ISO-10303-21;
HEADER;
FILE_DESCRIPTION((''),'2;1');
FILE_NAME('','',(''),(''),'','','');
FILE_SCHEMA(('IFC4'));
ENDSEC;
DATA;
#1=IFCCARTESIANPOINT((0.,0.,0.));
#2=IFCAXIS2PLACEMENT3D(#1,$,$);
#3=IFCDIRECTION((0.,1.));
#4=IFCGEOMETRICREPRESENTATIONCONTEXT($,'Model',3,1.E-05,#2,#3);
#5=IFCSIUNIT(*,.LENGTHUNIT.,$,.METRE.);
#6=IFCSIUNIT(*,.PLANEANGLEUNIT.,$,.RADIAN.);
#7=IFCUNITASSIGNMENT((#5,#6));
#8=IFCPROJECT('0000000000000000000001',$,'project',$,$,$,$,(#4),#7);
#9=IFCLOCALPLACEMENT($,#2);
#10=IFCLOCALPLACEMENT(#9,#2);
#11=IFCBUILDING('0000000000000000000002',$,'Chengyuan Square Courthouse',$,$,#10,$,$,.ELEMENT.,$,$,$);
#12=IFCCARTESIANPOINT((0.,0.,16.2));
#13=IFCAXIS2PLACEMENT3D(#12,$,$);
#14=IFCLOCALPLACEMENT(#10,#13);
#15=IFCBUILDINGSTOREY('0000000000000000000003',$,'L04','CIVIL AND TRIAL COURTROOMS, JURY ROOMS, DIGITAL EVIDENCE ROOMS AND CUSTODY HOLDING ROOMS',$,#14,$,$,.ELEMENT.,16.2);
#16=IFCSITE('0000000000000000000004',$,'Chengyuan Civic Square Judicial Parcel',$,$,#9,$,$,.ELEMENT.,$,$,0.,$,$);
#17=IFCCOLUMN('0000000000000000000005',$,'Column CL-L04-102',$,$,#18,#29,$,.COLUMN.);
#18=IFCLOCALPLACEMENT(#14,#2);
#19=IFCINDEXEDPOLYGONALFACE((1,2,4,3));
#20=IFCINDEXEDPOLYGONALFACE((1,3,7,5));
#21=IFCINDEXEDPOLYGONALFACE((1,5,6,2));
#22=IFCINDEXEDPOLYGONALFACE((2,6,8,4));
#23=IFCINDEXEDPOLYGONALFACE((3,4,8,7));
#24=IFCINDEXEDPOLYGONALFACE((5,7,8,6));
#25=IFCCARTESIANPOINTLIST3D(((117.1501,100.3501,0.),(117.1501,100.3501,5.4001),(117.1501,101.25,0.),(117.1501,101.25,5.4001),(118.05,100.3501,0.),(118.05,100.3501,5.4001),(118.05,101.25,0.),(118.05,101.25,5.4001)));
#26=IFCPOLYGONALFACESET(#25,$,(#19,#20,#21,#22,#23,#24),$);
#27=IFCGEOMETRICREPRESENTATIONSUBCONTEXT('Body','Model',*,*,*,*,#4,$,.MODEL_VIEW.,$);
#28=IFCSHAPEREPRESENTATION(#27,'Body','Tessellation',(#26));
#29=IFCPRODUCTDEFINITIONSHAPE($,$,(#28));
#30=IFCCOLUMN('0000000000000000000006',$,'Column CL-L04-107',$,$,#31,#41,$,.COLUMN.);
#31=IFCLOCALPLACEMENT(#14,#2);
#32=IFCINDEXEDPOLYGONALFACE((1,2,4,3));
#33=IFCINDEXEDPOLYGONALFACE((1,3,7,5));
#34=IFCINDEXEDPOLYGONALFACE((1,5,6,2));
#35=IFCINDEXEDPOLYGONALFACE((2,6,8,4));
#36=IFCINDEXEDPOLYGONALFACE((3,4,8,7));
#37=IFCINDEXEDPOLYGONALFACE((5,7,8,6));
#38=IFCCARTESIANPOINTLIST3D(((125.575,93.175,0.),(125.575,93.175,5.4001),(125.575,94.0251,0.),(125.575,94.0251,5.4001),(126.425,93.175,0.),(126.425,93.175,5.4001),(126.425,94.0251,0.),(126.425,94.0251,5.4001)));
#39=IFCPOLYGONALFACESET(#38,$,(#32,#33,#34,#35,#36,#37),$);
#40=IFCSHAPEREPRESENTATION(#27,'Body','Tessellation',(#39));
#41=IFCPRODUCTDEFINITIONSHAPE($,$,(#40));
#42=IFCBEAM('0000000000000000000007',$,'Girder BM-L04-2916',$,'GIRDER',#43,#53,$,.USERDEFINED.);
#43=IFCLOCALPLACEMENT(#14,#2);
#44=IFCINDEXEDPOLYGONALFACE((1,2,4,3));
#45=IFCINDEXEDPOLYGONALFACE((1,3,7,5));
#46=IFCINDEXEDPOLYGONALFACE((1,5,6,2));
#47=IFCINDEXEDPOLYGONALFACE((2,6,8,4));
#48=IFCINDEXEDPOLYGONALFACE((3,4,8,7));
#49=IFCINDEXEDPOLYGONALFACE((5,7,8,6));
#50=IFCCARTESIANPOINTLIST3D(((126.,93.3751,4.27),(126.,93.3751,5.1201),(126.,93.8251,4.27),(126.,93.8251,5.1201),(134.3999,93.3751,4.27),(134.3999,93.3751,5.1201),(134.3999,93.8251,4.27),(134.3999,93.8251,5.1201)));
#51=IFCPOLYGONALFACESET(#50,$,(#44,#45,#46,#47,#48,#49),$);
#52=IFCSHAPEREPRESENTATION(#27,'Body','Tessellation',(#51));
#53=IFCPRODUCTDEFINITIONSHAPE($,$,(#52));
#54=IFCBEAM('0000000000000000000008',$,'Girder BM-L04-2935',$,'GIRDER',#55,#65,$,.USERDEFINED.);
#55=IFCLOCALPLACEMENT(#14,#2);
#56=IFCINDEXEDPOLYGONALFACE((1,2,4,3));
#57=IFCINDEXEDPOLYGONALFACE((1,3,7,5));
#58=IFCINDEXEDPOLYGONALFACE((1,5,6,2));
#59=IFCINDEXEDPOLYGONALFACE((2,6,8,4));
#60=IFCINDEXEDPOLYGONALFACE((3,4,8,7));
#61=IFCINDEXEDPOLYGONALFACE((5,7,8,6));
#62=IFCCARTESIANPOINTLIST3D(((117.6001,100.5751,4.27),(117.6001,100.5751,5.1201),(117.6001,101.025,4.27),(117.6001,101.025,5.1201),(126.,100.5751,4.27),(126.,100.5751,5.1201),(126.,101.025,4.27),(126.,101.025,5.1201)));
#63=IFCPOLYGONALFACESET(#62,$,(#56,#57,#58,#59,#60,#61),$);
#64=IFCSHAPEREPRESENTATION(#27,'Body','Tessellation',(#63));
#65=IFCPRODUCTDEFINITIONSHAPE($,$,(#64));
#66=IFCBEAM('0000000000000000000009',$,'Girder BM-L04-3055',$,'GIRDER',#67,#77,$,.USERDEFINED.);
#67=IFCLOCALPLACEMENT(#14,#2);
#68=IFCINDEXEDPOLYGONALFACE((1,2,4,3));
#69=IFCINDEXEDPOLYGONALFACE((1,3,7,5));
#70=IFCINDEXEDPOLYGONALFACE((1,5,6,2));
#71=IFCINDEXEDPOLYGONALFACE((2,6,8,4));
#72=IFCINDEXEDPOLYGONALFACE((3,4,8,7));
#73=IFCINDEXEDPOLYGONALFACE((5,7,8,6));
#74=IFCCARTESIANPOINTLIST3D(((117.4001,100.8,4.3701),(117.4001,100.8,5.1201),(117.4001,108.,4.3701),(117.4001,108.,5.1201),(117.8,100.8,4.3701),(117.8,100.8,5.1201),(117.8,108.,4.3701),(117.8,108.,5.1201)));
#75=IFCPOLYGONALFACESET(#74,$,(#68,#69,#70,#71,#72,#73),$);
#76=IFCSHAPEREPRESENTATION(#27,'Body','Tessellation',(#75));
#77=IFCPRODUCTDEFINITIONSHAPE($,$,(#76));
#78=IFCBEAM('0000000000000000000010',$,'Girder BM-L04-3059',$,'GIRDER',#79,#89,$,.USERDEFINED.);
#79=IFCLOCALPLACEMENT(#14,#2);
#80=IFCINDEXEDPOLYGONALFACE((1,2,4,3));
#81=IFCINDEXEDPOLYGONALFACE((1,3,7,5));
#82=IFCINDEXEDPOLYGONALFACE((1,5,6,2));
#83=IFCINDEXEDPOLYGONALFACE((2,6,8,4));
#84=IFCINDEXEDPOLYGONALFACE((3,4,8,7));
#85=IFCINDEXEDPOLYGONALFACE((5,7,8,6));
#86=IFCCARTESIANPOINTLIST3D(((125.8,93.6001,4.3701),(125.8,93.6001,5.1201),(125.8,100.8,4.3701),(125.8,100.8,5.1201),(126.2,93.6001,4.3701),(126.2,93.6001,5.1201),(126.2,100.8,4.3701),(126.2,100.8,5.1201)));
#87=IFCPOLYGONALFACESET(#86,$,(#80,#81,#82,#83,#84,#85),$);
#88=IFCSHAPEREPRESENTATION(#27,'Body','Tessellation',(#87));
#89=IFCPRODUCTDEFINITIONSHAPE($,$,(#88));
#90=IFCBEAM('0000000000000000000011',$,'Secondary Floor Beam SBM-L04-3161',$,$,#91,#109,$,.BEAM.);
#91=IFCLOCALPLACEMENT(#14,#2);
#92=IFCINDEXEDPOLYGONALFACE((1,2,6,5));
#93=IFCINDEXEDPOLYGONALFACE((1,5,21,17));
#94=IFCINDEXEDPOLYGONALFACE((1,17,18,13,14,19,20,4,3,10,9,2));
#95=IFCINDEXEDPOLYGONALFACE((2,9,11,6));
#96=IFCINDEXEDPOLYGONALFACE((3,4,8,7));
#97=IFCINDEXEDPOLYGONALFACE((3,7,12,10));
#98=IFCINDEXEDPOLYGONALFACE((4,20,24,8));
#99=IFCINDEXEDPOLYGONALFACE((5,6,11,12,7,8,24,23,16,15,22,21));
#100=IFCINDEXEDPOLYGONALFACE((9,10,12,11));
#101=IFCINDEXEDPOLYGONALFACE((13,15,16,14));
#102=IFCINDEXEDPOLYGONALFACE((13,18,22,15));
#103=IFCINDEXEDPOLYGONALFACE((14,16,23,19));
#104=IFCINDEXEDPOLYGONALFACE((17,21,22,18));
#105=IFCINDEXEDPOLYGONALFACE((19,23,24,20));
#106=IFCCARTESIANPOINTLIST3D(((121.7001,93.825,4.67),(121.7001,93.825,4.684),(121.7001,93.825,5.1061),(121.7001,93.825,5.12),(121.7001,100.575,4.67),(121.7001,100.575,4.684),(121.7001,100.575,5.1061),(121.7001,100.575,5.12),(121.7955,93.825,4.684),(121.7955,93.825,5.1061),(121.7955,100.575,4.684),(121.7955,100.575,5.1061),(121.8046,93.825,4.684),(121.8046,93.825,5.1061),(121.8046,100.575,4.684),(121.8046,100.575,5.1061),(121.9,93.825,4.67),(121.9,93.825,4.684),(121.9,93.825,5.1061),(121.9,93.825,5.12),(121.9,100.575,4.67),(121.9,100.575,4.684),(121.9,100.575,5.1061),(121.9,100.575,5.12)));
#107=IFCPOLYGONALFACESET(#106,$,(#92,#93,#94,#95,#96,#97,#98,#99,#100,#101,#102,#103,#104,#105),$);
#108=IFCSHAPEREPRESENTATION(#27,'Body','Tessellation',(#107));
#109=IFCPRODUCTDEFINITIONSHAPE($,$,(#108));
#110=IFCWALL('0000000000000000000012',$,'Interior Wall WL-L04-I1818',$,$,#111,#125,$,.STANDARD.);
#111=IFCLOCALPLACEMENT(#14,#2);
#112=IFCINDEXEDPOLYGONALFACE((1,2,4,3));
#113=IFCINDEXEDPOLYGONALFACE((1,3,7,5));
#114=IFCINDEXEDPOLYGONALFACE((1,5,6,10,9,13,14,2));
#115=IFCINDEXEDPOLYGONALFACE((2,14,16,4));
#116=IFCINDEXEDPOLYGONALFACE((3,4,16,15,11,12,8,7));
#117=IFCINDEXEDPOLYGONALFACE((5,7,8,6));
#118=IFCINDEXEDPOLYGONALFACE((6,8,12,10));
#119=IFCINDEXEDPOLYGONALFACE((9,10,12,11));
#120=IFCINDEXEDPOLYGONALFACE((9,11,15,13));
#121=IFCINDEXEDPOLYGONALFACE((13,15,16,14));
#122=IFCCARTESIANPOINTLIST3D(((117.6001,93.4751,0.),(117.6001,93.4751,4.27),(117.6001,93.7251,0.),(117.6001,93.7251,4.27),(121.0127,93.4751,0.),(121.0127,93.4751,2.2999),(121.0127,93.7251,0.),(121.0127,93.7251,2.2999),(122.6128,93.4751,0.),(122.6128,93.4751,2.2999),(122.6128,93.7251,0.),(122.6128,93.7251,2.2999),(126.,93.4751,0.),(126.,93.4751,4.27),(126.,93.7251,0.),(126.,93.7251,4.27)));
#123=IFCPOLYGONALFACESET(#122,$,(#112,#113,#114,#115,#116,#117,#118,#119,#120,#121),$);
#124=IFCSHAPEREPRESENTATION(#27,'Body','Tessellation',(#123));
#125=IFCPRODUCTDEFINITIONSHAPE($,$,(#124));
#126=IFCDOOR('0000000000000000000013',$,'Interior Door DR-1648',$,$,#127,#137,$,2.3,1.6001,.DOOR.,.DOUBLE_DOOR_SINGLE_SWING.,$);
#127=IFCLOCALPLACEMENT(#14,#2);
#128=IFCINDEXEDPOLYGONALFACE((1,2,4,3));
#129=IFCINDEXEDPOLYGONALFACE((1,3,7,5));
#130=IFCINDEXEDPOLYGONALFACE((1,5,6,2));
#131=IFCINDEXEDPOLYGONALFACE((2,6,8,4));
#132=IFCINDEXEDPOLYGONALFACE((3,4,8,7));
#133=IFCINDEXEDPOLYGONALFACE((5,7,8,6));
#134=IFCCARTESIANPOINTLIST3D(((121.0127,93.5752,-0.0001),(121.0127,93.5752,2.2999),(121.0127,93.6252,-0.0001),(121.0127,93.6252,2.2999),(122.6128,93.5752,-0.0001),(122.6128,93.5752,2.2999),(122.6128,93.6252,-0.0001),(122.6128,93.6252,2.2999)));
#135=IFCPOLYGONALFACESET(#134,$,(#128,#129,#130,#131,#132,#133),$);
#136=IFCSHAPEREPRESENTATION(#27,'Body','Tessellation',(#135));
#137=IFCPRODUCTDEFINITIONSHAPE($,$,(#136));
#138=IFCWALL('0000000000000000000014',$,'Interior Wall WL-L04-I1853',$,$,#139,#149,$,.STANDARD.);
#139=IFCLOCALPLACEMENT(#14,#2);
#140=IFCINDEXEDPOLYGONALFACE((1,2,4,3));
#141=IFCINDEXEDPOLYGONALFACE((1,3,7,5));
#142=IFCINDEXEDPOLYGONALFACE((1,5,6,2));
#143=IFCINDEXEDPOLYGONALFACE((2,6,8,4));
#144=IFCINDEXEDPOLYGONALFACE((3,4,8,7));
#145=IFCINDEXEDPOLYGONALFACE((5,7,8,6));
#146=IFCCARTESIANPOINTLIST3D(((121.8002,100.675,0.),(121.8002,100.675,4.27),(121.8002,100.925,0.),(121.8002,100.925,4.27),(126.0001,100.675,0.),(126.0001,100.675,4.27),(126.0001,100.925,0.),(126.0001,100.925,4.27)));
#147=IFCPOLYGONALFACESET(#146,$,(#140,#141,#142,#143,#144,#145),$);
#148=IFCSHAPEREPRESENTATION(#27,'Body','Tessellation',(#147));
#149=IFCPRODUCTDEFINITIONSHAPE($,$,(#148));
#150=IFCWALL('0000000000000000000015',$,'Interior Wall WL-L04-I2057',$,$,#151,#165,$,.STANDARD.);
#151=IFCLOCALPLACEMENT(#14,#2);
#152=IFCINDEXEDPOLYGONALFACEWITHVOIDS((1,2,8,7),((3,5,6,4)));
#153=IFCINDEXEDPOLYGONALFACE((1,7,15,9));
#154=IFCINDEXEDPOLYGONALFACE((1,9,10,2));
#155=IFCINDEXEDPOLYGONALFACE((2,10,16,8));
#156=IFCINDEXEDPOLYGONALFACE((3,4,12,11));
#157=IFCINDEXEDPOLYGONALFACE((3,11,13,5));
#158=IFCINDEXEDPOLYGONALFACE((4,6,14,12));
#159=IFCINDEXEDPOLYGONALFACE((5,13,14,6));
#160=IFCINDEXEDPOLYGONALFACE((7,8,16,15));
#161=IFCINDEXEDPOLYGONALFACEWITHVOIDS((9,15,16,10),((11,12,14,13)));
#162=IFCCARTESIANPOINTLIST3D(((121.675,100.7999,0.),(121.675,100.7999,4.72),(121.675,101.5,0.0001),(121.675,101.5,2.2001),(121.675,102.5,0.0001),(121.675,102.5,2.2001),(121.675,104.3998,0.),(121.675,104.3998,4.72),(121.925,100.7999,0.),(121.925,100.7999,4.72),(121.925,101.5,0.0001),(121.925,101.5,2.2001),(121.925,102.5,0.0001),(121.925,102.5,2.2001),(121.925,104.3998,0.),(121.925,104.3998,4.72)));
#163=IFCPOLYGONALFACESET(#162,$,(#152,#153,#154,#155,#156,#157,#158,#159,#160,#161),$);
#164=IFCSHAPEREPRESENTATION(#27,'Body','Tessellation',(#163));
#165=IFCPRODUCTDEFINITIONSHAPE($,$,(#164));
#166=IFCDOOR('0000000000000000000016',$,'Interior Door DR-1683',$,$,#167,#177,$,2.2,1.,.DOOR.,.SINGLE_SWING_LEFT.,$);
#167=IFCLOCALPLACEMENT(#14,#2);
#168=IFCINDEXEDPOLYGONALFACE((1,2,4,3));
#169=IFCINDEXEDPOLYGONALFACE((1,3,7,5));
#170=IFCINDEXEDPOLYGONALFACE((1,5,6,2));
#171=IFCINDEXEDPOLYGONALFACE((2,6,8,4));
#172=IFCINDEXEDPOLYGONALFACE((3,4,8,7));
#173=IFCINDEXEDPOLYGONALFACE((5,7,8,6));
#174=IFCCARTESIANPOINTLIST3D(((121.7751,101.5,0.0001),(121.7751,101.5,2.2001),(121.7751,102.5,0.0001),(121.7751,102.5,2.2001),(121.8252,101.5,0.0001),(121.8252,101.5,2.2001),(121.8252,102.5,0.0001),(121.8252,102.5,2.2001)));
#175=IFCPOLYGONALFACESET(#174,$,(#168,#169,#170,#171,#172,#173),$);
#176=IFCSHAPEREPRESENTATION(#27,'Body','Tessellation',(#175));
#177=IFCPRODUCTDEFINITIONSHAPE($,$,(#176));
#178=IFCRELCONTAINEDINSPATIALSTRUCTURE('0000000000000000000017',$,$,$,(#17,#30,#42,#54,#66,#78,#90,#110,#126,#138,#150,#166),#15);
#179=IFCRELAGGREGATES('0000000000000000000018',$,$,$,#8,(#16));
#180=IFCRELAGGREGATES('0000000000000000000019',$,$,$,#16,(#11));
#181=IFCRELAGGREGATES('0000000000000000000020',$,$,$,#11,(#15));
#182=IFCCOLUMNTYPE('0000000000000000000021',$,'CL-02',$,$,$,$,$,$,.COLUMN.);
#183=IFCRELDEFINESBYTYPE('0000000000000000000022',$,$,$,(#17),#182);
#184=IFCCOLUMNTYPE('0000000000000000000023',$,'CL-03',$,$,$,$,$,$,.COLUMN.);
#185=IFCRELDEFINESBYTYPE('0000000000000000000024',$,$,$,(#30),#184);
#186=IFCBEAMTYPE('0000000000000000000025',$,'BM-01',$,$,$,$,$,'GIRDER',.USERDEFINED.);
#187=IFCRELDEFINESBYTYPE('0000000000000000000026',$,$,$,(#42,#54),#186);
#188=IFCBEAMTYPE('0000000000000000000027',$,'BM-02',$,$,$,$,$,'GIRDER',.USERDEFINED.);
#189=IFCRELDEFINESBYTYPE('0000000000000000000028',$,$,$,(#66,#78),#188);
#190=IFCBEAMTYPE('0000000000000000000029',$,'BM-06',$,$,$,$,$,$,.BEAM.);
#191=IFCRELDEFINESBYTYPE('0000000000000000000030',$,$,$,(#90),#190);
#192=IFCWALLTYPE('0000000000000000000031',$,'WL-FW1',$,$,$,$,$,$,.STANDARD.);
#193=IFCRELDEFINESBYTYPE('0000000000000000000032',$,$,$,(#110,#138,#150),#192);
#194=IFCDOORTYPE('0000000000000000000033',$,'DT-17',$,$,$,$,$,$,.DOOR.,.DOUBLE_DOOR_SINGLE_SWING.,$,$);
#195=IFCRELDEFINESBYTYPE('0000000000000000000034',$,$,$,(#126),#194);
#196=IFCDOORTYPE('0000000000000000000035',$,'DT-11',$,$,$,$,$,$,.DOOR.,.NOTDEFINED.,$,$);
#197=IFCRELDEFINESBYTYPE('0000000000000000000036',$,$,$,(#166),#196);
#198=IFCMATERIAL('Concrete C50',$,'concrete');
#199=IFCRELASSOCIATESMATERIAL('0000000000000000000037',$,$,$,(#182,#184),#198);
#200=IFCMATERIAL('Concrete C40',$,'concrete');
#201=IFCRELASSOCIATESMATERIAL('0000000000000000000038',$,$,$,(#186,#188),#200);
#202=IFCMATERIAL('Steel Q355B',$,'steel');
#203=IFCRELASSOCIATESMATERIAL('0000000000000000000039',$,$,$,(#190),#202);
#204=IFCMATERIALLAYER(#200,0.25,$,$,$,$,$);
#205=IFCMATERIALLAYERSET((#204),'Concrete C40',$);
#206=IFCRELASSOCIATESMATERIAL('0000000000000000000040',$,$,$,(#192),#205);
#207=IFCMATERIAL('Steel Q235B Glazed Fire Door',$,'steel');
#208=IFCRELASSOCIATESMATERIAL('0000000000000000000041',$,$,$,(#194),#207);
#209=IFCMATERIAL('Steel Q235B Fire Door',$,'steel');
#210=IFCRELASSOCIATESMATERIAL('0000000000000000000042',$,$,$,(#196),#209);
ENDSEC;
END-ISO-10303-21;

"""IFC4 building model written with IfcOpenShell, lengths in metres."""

from ifc_helpers import new_model, si_unit, direction, frame, frame_2d, origin, origin_2d, place, context, subcontext, project, spatial, rectangle, i_section, extrude, material, layer, layer_set, material_profile, profile_set, type_object, element, fill, save


model = new_model("IFC4")

# Units and contexts
model_context = context("Model", 3, precision=1e-05, world=origin(), true_north=direction((0.0, 1.0)))
body_context = subcontext(model_context, "Body", "Model", "MODEL_VIEW")
ifc_project = project(units=[si_unit("LENGTHUNIT", "METRE"), si_unit("PLANEANGLEUNIT", "RADIAN")], contexts=[model_context])

# Site, building, storey
site_placement = place(None, origin())
site = spatial("IfcSite", under=ifc_project, at=site_placement, Name="Chengyuan Civic Square Judicial Parcel", CompositionType="ELEMENT", RefElevation=0.0)
building_placement = place(site_placement, origin())
building = spatial("IfcBuilding", under=site, at=building_placement, Name="Chengyuan Square Courthouse", CompositionType="ELEMENT")
storey_placement = place(building_placement, frame((0.0, 0.0, 16.2)))
storey = spatial("IfcBuildingStorey", under=building, at=storey_placement, Name="L04", Description="CIVIL AND TRIAL COURTROOMS, JURY ROOMS, DIGITAL EVIDENCE ROOMS AND CUSTODY HOLDING ROOMS", CompositionType="ELEMENT", Elevation=16.2)

# Columns
ifc_material_1 = material(Name="Concrete C50", Category="concrete")
ifc_material_profile_1 = material_profile(ifc_material_1, rectangle(XDim=0.8999, YDim=0.8999, at=origin_2d()), Name="RC-COL-900x900")
ifc_profile_set_1 = profile_set([ifc_material_profile_1], Name="Concrete C50")
column_type_1 = type_object("IfcColumnType", Name="CL-02", PredefinedType="COLUMN", material=ifc_profile_set_1)
column_1_placement = place(storey_placement, frame((117.6001, 100.8, 0.0), z_axis=(0.0, 0.0, 1.0), x_axis=(1.0, 0.0, 0.0)))
element("IfcColumn", 1, at=column_1_placement, inside=storey, type_object=column_type_1, Name="Column CL-L04-102", PredefinedType="COLUMN", context=body_context, shape_type="SweptSolid", body=[
    extrude(rectangle(XDim=0.8999, YDim=0.8999, at=origin_2d()), origin(), (0.0, 0.0, 1.0), 5.4001),
])
ifc_material_profile_2 = material_profile(ifc_material_1, rectangle(XDim=0.8501, YDim=0.8501, at=origin_2d()), Name="RC-COL-850x850")
ifc_profile_set_2 = profile_set([ifc_material_profile_2], Name="Concrete C50")
column_type_2 = type_object("IfcColumnType", Name="CL-03", PredefinedType="COLUMN", material=ifc_profile_set_2)
column_2_placement = place(storey_placement, frame((126.0, 93.6001, 0.0), z_axis=(0.0, 0.0, 1.0), x_axis=(1.0, 0.0, 0.0)))
element("IfcColumn", 2, at=column_2_placement, inside=storey, type_object=column_type_2, Name="Column CL-L04-107", PredefinedType="COLUMN", context=body_context, shape_type="SweptSolid", body=[
    extrude(rectangle(XDim=0.8501, YDim=0.8501, at=origin_2d()), origin(), (0.0, 0.0, 1.0), 5.4001),
])

# Beams
ifc_material_2 = material(Name="Concrete C40", Category="concrete")
ifc_material_profile_3 = material_profile(ifc_material_2, rectangle(XDim=0.45, YDim=0.8501, at=origin_2d()), Name="RC-BM-450x850")
ifc_profile_set_3 = profile_set([ifc_material_profile_3], Name="Concrete C40")
beam_type_1 = type_object("IfcBeamType", Name="BM-01", ElementType="GIRDER", PredefinedType="USERDEFINED", material=ifc_profile_set_3)
for number, where, z_axis, x_axis, name in (
    (3, (126.0, 93.6001, 4.6951), (1.0, 0.0, 0.0), (0.0, 1.0, 0.0), "Girder BM-L04-2916"),
    (4, (117.6001, 100.8, 4.6951), (1.0, 0.0, 0.0), (0.0, 1.0, 0.0), "Girder BM-L04-2935"),
):
    element("IfcBeam", number, at=place(storey_placement, frame(where, z_axis=z_axis, x_axis=x_axis)), inside=storey, type_object=beam_type_1, Name=name, ObjectType="GIRDER", PredefinedType="USERDEFINED", context=body_context, shape_type="SweptSolid", body=[
        extrude(rectangle(XDim=0.45, YDim=0.8501, at=origin_2d()), origin(), (0.0, 0.0, 1.0), 8.3999),
    ])
ifc_material_profile_4 = material_profile(ifc_material_2, rectangle(XDim=0.3999, YDim=0.75, at=origin_2d()), Name="RC-BM-400x750")
ifc_profile_set_4 = profile_set([ifc_material_profile_4], Name="Concrete C40")
beam_type_2 = type_object("IfcBeamType", Name="BM-02", ElementType="GIRDER", PredefinedType="USERDEFINED", material=ifc_profile_set_4)
for number, where, z_axis, x_axis, name in (
    (5, (117.6001, 100.8, 4.7451), (0.0, 1.0, 0.0), (-1.0, 0.0, 0.0), "Girder BM-L04-3055"),
    (6, (126.0, 93.6001, 4.7451), (0.0, 1.0, 0.0), (-1.0, 0.0, 0.0), "Girder BM-L04-3059"),
):
    element("IfcBeam", number, at=place(storey_placement, frame(where, z_axis=z_axis, x_axis=x_axis)), inside=storey, type_object=beam_type_2, Name=name, ObjectType="GIRDER", PredefinedType="USERDEFINED", context=body_context, shape_type="SweptSolid", body=[
        extrude(rectangle(XDim=0.3999, YDim=0.75, at=origin_2d()), origin(), (0.0, 0.0, 1.0), 7.2),
    ])
ifc_material_3 = material(Name="Steel Q355B", Category="steel")
ifc_material_profile_5 = material_profile(ifc_material_3, i_section(OverallWidth=0.2, OverallDepth=0.45, WebThickness=0.009, FlangeThickness=0.0139, at=origin_2d()), Name="HN 450x200x9x14")
ifc_profile_set_5 = profile_set([ifc_material_profile_5], Name="Steel Q355B")
beam_type_3 = type_object("IfcBeamType", Name="BM-06", PredefinedType="BEAM", material=ifc_profile_set_5)
beam_placement = place(storey_placement, frame((121.8, 93.825, 4.895), z_axis=(0.0, 1.0, 0.0), x_axis=(-1.0, 0.0, 0.0)))
element("IfcBeam", 7, at=beam_placement, inside=storey, type_object=beam_type_3, Name="Secondary Floor Beam SBM-L04-3161", PredefinedType="BEAM", context=body_context, shape_type="SweptSolid", body=[
    extrude(i_section(OverallWidth=0.2, OverallDepth=0.45, WebThickness=0.009, FlangeThickness=0.0139, at=origin_2d()), origin(), (0.0, 0.0, 1.0), 6.75),
])

# Wall, opening, door
ifc_layer_1 = layer(ifc_material_2, 0.25)
ifc_layer_set_1 = layer_set([ifc_layer_1], Name="Concrete C40")
wall_type_1 = type_object("IfcWallType", Name="WL-FW1", PredefinedType="STANDARD", material=ifc_layer_set_1)
wall_1_placement = place(storey_placement, frame((117.6001, 93.6001, 0.0), z_axis=(0.0, 0.0, 1.0), x_axis=(1.0, 0.0, 0.0)))
wall_1 = element("IfcWall", 8, at=wall_1_placement, inside=storey, type_object=wall_type_1, Name="Interior Wall WL-L04-I1818", PredefinedType="STANDARD", context=body_context, shape_type="SweptSolid", body=[
    extrude(rectangle(XDim=8.3999, YDim=0.25, at=frame_2d((4.2, 0.0))), origin(), (0.0, 0.0, 1.0), 4.27),
])
opening_1_placement = place(wall_1_placement, frame((3.4126, 0.0, 0.0)))
opening_1 = element("IfcOpeningElement", 9, at=opening_1_placement, cuts=wall_1, PredefinedType="OPENING", context=body_context, shape_type="SweptSolid", body=[
    extrude(rectangle(XDim=1.6001, YDim=2.3, at=frame_2d((0.8, 1.1499))), frame((0.0, 0.137, 0.0), z_axis=(0.0, -1.0, 0.0), x_axis=(1.0, 0.0, 0.0)), (0.0, 0.0, 1.0), 0.2739),
])
ifc_material_4 = material(Name="Steel Q235B Glazed Fire Door", Category="steel")
door_type_1 = type_object("IfcDoorType", Name="DT-17", OperationType="DOUBLE_DOOR_SINGLE_SWING", PredefinedType="DOOR", material=ifc_material_4)
door_1_placement = place(opening_1_placement, frame((1.6001, 0.0, 0.0), z_axis=(0.0, 0.0, 1.0), x_axis=(-1.0, 0.0, 0.0)))
door_1 = element("IfcDoor", 10, at=door_1_placement, inside=storey, type_object=door_type_1, Name="Interior Door DR-1648", OperationType="DOUBLE_DOOR_SINGLE_SWING", OverallHeight=2.3, OverallWidth=1.6001, PredefinedType="DOOR", context=body_context, shape_type="SweptSolid", body=[
    extrude(rectangle(XDim=1.6001, YDim=2.3, at=frame_2d((0.8, 1.1499))), frame((0.0, 0.0249, 0.0), z_axis=(0.0, -1.0, 0.0), x_axis=(1.0, 0.0, 0.0)), (0.0, 0.0, 1.0), 0.05),
])
fill(opening_1, door_1)

# Wall
wall_2_placement = place(storey_placement, frame((121.8, 100.8, 0.0), z_axis=(0.0, 0.0, 1.0), x_axis=(1.0, 0.0, 0.0)))
element("IfcWall", 11, at=wall_2_placement, inside=storey, type_object=wall_type_1, Name="Interior Wall WL-L04-I1853", PredefinedType="STANDARD", context=body_context, shape_type="SweptSolid", body=[
    extrude(rectangle(XDim=4.2, YDim=0.25, at=frame_2d((2.1001, 0.0))), origin(), (0.0, 0.0, 1.0), 4.27),
])

# Wall, opening, door
wall_3_placement = place(storey_placement, frame((121.8, 100.8, 0.0), z_axis=(0.0, 0.0, 1.0), x_axis=(0.0, 1.0, 0.0)))
wall_3 = element("IfcWall", 12, at=wall_3_placement, inside=storey, type_object=wall_type_1, Name="Interior Wall WL-L04-I2057", PredefinedType="STANDARD", context=body_context, shape_type="SweptSolid", body=[
    extrude(rectangle(XDim=3.5999, YDim=0.25, at=frame_2d((1.7998, 0.0))), origin(), (0.0, 0.0, 1.0), 4.72),
])
opening_2_placement = place(wall_3_placement, frame((0.7, 0.0, 0.0)))
opening_2 = element("IfcOpeningElement", 13, at=opening_2_placement, cuts=wall_3, PredefinedType="OPENING", context=body_context, shape_type="SweptSolid", body=[
    extrude(rectangle(XDim=1.0, YDim=2.2, at=frame_2d((0.5, 1.1001))), frame((0.0, 0.137, 0.0), z_axis=(0.0, -1.0, 0.0), x_axis=(1.0, 0.0, 0.0)), (0.0, 0.0, 1.0), 0.2739),
])
ifc_material_5 = material(Name="Steel Q235B Fire Door", Category="steel")
door_type_2 = type_object("IfcDoorType", Name="DT-11", OperationType="NOTDEFINED", PredefinedType="DOOR", material=ifc_material_5)
door_2_placement = place(opening_2_placement, origin())
door_2 = element("IfcDoor", 14, at=door_2_placement, inside=storey, type_object=door_type_2, Name="Interior Door DR-1683", OperationType="SINGLE_SWING_LEFT", OverallHeight=2.2, OverallWidth=1.0, PredefinedType="DOOR", context=body_context, shape_type="SweptSolid", body=[
    extrude(rectangle(XDim=1.0, YDim=2.2, at=frame_2d((0.5, 1.1001))), frame((0.0, 0.0249, 0.0), z_axis=(0.0, -1.0, 0.0), x_axis=(1.0, 0.0, 0.0)), (0.0, 0.0, 1.0), 0.05),
])
fill(opening_2, door_2)

save(model, "model.ifc")
